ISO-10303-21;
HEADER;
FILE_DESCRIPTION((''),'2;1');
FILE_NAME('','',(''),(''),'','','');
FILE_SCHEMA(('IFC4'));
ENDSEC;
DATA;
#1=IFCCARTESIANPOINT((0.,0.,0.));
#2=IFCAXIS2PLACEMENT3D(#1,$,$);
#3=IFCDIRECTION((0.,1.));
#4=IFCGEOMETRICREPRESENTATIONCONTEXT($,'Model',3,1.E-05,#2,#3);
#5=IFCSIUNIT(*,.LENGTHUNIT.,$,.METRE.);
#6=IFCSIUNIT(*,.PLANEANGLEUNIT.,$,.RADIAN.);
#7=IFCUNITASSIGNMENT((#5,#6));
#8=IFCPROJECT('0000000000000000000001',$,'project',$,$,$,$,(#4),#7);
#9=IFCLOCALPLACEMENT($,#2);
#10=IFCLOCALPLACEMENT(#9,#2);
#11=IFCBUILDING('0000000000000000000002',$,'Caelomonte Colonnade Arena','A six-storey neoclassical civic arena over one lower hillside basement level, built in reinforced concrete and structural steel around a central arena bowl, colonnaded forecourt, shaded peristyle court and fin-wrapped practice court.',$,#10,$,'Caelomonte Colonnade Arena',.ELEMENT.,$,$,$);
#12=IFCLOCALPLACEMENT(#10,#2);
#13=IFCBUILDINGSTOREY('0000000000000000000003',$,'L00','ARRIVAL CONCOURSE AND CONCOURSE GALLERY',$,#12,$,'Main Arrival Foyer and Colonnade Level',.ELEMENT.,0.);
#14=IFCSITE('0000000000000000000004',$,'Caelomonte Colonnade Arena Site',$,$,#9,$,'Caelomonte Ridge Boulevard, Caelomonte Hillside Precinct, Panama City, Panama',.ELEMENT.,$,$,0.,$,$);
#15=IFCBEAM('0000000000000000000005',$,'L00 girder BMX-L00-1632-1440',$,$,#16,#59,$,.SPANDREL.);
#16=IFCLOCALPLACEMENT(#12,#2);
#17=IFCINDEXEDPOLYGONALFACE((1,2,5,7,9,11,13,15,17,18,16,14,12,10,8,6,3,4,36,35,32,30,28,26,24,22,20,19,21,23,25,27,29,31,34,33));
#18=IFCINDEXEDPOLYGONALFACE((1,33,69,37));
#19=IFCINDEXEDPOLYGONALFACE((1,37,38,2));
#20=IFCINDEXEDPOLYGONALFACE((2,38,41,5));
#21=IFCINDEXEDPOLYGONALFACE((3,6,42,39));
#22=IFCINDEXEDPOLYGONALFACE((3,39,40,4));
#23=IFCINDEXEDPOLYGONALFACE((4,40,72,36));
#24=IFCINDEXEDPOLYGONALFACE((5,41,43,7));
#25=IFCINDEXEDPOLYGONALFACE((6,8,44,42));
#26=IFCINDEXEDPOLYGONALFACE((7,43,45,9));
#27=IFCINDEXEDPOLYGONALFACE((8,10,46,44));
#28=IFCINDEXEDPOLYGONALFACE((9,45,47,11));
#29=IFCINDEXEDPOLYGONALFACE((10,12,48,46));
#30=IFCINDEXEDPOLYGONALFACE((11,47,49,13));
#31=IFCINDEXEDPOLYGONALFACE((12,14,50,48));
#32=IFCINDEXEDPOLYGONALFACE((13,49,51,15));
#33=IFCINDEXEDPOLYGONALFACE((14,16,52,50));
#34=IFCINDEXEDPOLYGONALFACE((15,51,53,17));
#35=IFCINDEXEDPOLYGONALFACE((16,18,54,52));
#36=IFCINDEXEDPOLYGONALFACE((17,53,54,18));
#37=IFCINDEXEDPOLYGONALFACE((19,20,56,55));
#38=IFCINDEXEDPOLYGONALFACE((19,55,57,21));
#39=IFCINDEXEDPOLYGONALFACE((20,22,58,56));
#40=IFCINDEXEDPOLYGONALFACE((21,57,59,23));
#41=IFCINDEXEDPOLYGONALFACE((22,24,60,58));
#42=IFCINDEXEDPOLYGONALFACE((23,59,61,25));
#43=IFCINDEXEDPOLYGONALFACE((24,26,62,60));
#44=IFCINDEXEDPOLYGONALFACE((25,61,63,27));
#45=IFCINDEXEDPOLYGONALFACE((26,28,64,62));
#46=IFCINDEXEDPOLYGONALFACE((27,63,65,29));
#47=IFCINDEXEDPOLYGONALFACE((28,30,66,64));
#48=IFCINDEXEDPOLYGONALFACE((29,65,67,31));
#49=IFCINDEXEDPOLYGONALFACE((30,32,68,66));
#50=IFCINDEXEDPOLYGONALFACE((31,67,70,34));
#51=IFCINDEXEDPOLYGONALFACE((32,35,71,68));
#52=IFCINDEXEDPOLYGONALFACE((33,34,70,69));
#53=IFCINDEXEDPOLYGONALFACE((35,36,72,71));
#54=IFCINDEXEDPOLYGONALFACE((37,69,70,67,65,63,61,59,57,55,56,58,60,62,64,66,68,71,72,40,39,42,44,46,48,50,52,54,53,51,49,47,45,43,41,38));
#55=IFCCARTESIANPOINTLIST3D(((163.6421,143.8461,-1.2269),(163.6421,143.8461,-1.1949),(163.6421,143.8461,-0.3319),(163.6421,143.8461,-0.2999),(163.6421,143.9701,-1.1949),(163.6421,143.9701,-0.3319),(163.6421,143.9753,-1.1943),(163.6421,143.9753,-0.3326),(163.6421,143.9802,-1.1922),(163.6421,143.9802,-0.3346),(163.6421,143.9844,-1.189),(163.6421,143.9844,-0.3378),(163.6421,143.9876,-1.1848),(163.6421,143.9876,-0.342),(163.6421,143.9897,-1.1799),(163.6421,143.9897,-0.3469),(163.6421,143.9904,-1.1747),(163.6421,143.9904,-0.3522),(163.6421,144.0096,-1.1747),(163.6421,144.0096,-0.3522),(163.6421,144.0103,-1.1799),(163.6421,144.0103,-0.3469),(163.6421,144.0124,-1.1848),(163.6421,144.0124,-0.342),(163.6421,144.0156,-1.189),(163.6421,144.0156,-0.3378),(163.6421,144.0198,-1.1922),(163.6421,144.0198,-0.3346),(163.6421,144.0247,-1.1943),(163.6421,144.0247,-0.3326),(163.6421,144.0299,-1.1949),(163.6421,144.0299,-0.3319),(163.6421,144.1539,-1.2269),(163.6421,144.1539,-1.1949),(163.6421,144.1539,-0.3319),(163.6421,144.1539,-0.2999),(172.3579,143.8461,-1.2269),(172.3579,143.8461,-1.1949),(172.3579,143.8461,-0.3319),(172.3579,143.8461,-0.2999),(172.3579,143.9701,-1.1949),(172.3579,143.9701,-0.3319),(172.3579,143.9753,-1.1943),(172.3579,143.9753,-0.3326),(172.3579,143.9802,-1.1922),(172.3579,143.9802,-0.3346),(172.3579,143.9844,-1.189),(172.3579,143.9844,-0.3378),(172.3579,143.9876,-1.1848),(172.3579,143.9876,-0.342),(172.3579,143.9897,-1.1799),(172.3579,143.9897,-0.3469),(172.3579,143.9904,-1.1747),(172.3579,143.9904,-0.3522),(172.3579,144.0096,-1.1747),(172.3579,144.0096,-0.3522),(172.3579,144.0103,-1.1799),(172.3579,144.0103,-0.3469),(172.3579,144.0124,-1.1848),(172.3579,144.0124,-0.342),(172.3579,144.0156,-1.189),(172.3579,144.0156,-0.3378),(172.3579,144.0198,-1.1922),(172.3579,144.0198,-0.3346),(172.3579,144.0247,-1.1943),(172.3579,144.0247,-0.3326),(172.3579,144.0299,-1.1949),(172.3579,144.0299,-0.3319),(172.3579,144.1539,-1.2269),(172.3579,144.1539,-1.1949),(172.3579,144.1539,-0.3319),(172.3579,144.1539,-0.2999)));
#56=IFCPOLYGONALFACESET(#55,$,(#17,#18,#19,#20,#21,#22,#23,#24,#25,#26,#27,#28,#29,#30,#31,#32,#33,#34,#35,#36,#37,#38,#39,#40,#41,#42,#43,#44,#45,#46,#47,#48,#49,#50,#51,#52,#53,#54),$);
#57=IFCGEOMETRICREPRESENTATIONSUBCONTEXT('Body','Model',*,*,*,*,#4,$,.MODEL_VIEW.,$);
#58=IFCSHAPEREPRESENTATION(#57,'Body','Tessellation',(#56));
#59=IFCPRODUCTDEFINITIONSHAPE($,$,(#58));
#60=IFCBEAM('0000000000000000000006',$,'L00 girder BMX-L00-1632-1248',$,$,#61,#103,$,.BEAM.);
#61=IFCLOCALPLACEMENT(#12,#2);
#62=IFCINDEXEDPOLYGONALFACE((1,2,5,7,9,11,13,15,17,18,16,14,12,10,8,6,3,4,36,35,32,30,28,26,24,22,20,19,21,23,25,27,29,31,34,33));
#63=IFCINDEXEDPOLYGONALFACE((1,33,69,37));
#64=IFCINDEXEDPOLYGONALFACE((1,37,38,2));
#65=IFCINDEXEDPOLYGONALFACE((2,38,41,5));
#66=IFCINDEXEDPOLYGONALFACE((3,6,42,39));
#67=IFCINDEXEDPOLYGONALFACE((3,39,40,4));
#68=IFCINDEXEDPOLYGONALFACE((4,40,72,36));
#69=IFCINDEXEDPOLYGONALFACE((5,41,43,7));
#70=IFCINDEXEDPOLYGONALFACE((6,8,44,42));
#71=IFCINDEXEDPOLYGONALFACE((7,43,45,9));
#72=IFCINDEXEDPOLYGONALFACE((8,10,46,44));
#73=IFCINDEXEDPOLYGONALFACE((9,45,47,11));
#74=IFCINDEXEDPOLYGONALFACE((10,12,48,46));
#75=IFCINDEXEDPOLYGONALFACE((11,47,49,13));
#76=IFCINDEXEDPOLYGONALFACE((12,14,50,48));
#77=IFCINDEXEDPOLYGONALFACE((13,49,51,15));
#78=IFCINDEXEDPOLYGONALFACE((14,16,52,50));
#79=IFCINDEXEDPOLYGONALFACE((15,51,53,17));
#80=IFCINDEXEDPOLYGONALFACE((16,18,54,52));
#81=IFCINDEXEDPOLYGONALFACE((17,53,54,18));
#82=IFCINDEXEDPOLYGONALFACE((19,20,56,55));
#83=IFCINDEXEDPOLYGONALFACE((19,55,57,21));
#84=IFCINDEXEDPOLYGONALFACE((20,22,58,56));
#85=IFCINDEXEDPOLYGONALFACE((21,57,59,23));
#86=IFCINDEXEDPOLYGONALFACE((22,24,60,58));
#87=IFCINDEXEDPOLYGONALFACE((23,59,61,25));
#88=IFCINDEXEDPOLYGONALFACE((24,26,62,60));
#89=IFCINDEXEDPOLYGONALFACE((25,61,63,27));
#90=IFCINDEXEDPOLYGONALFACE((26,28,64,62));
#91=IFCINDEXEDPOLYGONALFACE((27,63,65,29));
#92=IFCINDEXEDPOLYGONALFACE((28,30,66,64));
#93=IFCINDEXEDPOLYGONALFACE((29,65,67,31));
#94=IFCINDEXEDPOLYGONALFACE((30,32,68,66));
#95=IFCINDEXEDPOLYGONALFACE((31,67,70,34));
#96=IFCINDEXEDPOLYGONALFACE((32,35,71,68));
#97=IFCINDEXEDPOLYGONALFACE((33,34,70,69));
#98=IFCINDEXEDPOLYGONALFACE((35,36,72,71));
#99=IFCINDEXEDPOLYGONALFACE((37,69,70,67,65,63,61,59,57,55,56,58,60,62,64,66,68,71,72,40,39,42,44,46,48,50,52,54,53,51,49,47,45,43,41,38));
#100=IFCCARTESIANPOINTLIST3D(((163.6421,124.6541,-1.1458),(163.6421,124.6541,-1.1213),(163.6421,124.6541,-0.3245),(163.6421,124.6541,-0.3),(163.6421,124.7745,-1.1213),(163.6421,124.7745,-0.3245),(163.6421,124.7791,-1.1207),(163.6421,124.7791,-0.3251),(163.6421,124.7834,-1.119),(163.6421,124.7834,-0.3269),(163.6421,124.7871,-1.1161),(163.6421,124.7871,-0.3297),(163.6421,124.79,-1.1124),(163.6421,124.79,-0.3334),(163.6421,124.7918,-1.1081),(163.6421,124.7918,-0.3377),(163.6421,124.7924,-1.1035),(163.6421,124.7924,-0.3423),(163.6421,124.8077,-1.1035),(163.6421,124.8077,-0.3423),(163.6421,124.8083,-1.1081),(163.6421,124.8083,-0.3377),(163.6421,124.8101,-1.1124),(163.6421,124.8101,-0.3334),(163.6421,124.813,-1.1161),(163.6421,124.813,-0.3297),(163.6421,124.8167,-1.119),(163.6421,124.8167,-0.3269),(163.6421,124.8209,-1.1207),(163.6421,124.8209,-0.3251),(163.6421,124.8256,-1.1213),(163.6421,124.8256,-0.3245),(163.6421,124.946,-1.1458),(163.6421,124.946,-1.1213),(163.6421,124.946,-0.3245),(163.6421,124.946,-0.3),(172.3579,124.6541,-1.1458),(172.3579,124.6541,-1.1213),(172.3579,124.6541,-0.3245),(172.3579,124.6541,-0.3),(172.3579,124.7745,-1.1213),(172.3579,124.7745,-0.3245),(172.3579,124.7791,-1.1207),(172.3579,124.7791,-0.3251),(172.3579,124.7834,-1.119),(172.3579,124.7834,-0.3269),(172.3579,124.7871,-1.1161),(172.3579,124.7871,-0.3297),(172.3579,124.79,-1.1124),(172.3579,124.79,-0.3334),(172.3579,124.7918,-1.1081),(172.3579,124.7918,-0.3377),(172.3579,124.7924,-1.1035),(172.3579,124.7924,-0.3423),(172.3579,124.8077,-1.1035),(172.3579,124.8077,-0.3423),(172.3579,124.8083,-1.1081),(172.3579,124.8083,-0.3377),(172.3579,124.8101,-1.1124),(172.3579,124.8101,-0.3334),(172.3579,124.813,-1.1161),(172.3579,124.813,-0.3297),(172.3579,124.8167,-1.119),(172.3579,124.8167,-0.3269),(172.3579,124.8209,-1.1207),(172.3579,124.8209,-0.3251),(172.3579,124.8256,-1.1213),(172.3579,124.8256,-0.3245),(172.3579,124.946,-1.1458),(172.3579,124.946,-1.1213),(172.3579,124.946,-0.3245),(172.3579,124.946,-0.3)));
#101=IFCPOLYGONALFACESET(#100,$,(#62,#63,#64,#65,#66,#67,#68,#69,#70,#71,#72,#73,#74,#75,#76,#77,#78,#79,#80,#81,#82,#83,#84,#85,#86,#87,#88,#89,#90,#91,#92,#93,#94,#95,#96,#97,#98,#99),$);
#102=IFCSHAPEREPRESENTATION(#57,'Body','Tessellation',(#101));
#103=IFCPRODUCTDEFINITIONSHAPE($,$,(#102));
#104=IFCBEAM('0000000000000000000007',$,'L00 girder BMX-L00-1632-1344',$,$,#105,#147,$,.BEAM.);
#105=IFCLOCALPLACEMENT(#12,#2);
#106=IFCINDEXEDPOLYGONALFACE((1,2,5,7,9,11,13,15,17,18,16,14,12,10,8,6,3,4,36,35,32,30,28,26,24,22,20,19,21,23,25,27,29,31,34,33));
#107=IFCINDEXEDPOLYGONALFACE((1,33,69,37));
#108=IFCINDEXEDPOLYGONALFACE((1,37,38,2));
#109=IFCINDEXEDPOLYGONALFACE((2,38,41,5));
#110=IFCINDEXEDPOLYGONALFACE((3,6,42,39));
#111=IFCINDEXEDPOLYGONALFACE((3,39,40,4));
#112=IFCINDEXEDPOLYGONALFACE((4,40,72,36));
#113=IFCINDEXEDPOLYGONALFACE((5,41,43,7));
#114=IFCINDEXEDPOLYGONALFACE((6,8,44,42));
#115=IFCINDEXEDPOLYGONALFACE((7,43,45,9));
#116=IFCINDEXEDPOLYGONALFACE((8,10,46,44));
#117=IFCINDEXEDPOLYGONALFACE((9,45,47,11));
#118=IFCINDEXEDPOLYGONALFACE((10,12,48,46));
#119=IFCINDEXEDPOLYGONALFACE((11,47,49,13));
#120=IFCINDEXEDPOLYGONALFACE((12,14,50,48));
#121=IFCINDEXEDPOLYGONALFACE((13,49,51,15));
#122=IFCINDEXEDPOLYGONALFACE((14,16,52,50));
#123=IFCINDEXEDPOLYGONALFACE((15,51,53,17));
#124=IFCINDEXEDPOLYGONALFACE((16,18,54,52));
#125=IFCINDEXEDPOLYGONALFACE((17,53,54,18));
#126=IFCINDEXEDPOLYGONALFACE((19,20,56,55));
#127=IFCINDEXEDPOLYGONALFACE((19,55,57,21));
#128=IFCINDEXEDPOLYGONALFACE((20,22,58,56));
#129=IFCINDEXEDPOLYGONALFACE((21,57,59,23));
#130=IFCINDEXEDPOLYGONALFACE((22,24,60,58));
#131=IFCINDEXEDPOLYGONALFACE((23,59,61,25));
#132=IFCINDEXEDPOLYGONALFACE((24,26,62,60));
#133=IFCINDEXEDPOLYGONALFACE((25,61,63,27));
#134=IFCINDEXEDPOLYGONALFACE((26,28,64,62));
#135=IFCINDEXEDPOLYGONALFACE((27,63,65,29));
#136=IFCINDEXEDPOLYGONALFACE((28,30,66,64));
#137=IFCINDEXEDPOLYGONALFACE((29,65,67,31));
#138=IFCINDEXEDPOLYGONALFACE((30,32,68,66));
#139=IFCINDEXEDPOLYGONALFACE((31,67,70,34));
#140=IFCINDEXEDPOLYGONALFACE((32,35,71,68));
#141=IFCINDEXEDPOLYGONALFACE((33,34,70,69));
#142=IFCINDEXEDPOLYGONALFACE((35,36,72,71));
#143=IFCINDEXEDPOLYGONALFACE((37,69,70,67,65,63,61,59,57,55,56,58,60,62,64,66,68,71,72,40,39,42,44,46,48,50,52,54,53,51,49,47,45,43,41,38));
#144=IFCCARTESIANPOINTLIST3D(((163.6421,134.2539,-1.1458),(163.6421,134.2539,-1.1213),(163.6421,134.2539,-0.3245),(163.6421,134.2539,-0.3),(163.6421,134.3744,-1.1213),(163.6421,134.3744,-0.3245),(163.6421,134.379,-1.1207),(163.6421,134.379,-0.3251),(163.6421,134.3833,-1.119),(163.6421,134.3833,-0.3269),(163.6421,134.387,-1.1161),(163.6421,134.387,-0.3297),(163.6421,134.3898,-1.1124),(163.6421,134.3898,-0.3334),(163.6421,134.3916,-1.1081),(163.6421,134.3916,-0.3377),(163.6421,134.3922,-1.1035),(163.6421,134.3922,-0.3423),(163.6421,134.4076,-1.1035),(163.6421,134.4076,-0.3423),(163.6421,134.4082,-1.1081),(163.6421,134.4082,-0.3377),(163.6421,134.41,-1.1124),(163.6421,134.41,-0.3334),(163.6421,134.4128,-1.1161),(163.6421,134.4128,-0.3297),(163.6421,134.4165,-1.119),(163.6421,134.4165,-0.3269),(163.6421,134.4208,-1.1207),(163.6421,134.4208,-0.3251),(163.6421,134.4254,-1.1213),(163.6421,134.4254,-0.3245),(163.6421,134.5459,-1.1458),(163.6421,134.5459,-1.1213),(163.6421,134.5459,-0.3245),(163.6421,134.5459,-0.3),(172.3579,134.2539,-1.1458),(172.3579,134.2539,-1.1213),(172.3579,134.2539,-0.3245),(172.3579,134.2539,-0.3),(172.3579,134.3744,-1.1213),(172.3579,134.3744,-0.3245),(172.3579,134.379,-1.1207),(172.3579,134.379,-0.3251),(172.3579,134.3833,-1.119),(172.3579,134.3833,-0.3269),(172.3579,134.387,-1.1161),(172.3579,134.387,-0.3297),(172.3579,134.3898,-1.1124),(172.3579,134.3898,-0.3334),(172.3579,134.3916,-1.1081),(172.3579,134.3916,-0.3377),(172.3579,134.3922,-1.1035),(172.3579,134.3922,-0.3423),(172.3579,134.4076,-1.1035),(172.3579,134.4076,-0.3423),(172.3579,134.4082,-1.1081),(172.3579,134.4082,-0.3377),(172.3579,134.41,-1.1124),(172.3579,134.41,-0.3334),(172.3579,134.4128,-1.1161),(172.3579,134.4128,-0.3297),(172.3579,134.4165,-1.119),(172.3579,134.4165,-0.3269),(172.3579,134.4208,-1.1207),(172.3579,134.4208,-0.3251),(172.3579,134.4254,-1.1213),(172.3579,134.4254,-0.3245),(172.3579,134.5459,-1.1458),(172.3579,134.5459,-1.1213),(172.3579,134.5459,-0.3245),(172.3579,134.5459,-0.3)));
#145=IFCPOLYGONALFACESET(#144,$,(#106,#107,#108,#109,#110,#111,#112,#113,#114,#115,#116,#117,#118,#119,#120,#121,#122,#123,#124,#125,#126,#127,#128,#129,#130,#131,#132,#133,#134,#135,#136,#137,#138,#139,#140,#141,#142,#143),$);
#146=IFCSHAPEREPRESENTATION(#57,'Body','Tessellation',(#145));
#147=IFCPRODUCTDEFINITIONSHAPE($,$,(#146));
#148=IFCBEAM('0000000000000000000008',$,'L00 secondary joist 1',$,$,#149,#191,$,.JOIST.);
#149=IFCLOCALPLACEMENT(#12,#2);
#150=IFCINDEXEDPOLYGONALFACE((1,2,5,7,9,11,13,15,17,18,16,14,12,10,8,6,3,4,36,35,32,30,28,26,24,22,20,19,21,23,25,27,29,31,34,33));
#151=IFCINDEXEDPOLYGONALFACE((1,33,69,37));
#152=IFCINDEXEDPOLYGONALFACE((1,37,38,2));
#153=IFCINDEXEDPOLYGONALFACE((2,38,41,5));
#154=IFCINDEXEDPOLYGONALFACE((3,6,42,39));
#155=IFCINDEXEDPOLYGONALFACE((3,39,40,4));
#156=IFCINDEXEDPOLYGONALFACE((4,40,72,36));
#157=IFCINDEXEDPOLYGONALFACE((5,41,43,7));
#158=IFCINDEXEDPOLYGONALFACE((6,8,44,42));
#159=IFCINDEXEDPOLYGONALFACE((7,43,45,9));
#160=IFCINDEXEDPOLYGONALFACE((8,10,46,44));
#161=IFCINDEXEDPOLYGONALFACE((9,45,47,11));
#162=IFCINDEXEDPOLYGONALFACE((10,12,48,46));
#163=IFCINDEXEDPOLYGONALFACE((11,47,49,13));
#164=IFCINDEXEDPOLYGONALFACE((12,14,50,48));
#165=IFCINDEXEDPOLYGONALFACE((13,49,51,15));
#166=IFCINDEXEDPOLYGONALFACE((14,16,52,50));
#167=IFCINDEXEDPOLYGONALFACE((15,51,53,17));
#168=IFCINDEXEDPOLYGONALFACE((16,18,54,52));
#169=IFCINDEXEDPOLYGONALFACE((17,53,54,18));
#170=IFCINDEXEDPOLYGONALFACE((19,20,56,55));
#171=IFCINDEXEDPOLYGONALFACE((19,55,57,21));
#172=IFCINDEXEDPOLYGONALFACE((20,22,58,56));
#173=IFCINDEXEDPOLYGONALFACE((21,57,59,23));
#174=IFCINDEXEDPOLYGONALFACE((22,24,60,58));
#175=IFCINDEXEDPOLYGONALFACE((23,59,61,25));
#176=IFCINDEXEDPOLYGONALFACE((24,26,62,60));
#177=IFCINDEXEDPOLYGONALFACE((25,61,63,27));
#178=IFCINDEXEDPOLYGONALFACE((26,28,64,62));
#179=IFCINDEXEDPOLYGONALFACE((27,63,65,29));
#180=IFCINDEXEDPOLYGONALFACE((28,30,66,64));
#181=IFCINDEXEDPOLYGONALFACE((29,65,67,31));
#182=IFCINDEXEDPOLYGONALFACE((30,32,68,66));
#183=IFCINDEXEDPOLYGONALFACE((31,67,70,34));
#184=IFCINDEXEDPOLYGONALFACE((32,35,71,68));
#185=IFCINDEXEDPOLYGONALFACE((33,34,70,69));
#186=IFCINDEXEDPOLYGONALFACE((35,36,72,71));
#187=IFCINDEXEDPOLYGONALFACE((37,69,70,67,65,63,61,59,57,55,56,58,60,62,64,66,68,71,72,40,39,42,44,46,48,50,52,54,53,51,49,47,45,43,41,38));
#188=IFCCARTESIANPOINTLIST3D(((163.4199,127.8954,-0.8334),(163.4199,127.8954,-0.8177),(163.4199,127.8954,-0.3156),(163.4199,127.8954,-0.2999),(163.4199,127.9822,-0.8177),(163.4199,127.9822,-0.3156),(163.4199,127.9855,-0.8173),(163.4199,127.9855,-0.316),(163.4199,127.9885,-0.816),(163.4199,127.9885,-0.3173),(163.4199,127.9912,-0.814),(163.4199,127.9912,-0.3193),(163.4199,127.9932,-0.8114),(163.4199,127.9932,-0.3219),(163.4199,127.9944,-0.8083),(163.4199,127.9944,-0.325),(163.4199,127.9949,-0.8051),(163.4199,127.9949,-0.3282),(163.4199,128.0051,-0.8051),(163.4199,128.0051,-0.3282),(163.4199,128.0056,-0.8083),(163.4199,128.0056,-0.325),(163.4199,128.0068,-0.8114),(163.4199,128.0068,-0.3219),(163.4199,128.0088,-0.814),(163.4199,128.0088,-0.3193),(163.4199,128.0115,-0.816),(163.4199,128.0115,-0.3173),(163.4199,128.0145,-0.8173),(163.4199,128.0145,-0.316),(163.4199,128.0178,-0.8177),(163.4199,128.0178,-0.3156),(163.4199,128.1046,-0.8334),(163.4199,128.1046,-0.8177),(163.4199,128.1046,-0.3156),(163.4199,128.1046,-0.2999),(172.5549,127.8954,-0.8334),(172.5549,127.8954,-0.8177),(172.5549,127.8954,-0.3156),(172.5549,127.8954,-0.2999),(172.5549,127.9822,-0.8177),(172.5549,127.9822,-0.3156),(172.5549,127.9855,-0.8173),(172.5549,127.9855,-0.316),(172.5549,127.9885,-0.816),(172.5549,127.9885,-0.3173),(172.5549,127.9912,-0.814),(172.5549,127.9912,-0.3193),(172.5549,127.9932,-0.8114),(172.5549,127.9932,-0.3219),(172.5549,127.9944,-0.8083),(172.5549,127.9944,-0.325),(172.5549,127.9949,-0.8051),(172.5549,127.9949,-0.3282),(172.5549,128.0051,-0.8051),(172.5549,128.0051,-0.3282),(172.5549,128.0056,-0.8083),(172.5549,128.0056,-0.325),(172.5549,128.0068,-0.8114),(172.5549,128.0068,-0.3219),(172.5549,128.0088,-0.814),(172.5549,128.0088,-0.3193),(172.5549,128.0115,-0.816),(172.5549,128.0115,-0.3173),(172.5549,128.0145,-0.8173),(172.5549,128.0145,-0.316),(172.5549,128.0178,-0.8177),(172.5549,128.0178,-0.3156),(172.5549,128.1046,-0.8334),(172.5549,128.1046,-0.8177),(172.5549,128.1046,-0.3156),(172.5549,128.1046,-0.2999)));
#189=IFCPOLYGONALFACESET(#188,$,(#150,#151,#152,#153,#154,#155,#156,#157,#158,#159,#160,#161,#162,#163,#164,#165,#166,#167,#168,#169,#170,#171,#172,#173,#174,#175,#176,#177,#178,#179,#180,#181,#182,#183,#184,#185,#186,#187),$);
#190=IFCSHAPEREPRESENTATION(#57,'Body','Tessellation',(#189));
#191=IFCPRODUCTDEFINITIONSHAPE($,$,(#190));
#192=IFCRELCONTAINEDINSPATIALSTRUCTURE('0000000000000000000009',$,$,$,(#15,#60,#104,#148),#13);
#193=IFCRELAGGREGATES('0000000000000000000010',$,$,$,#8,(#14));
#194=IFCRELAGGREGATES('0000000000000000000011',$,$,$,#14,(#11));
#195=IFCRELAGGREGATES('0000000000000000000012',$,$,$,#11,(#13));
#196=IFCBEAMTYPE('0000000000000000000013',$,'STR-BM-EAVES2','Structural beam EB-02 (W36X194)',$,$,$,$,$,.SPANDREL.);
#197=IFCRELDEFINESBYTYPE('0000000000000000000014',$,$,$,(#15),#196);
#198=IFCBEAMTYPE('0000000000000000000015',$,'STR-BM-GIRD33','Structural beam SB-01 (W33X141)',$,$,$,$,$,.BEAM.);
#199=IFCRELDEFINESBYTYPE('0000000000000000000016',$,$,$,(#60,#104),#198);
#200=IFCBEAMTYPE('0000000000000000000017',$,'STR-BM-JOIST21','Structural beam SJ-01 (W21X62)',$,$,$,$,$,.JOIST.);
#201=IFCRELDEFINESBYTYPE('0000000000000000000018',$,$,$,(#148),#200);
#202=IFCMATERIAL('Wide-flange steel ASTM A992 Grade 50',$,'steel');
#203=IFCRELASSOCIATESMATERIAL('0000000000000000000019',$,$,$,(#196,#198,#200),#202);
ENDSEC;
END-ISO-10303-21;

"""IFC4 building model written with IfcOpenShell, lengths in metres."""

from ifc_helpers import new_model, si_unit, direction, frame, origin, origin_2d, place, context, subcontext, project, spatial, i_section, extrude, material, material_profile, profile_set, type_object, element, save


model = new_model("IFC4")

# Units and contexts
model_context = context("Model", 3, precision=1e-05, world=origin(), true_north=direction((0.0, 1.0)))
body_context = subcontext(model_context, "Body", "Model", "MODEL_VIEW")
ifc_project = project(units=[si_unit("LENGTHUNIT", "METRE"), si_unit("PLANEANGLEUNIT", "RADIAN")], contexts=[model_context])

# Site, building, storey
site_placement = place(None, origin())
site = spatial("IfcSite", under=ifc_project, at=site_placement, Name="Caelomonte Colonnade Arena Site", LongName="Caelomonte Ridge Boulevard, Caelomonte Hillside Precinct, Panama City, Panama", CompositionType="ELEMENT", RefElevation=0.0)
building_placement = place(site_placement, origin())
building = spatial("IfcBuilding", under=site, at=building_placement, Name="Caelomonte Colonnade Arena", Description="A six-storey neoclassical civic arena over one lower hillside basement level, built in reinforced concrete and structural steel around a central arena bowl, colonnaded forecourt, shaded peristyle court and fin-wrapped practice court.", LongName="Caelomonte Colonnade Arena", CompositionType="ELEMENT")
storey_placement = place(building_placement, origin())
storey = spatial("IfcBuildingStorey", under=building, at=storey_placement, Name="L00", Description="ARRIVAL CONCOURSE AND CONCOURSE GALLERY", LongName="Main Arrival Foyer and Colonnade Level", CompositionType="ELEMENT", Elevation=0.0)

# Beams
ifc_material_1 = material(Name="Wide-flange steel ASTM A992 Grade 50", Category="steel")
ifc_material_profile_1 = material_profile(ifc_material_1, i_section(OverallWidth=0.3079, OverallDepth=0.927, WebThickness=0.0193, FlangeThickness=0.032, FilletRadius=0.0203, at=origin_2d()), Name="W36X194")
ifc_profile_set_1 = profile_set([ifc_material_profile_1], Name="Wide-flange steel ASTM A992 Grade 50")
beam_type_1 = type_object("IfcBeamType", Name="STR-BM-EAVES2", Description="Structural beam EB-02 (W36X194)", PredefinedType="SPANDREL", material=ifc_profile_set_1)
beam_placement = place(storey_placement, frame((163.6421, 144.0, -0.7634), z_axis=(1.0, 0.0, 0.0), x_axis=(0.0, 1.0, 0.0)))
element("IfcBeam", 1, at=beam_placement, inside=storey, type_object=beam_type_1, Name="L00 girder BMX-L00-1632-1440", PredefinedType="SPANDREL", context=body_context, shape_type="SweptSolid", body=[
    extrude(i_section(OverallWidth=0.3079, OverallDepth=0.927, WebThickness=0.0193, FlangeThickness=0.032, FilletRadius=0.0203, at=origin_2d()), origin(), (0.0, 0.0, 1.0), 8.7158),
])
ifc_material_profile_2 = material_profile(ifc_material_1, i_section(OverallWidth=0.292, OverallDepth=0.8457, WebThickness=0.0154, FlangeThickness=0.0244, FilletRadius=0.0178, at=origin_2d()), Name="W33X141")
ifc_profile_set_2 = profile_set([ifc_material_profile_2], Name="Wide-flange steel ASTM A992 Grade 50")
beam_type_2 = type_object("IfcBeamType", Name="STR-BM-GIRD33", Description="Structural beam SB-01 (W33X141)", PredefinedType="BEAM", material=ifc_profile_set_2)
for number, where, z_axis, x_axis, name in (
    (2, (163.6421, 124.8, -0.7229), (1.0, 0.0, 0.0), (0.0, 1.0, 0.0), "L00 girder BMX-L00-1632-1248"),
    (3, (163.6421, 134.3999, -0.7229), (1.0, 0.0, 0.0), (0.0, 1.0, 0.0), "L00 girder BMX-L00-1632-1344"),
):
    element("IfcBeam", number, at=place(storey_placement, frame(where, z_axis=z_axis, x_axis=x_axis)), inside=storey, type_object=beam_type_2, Name=name, PredefinedType="BEAM", context=body_context, shape_type="SweptSolid", body=[
        extrude(i_section(OverallWidth=0.292, OverallDepth=0.8457, WebThickness=0.0154, FlangeThickness=0.0244, FilletRadius=0.0178, at=origin_2d()), origin(), (0.0, 0.0, 1.0), 8.7158),
    ])
ifc_material_profile_3 = material_profile(ifc_material_1, i_section(OverallWidth=0.2092, OverallDepth=0.5334, WebThickness=0.0103, FlangeThickness=0.0156, FilletRadius=0.0127, at=origin_2d()), Name="W21X62")
ifc_profile_set_3 = profile_set([ifc_material_profile_3], Name="Wide-flange steel ASTM A992 Grade 50")
beam_type_3 = type_object("IfcBeamType", Name="STR-BM-JOIST21", Description="Structural beam SJ-01 (W21X62)", PredefinedType="JOIST", material=ifc_profile_set_3)
for number, where, z_axis, x_axis, name in (
    (4, (163.4199, 128.0, -0.5667), (1.0, 0.0, 0.0), (0.0, 1.0, 0.0), "L00 secondary joist 1"),
):
    element("IfcBeam", number, at=place(storey_placement, frame(where, z_axis=z_axis, x_axis=x_axis)), inside=storey, type_object=beam_type_3, Name=name, PredefinedType="JOIST", context=body_context, shape_type="SweptSolid", body=[
        extrude(i_section(OverallWidth=0.2092, OverallDepth=0.5334, WebThickness=0.0103, FlangeThickness=0.0156, FilletRadius=0.0127, at=origin_2d()), origin(), (0.0, 0.0, 1.0), 9.135),
    ])

save(model, "model.ifc")
